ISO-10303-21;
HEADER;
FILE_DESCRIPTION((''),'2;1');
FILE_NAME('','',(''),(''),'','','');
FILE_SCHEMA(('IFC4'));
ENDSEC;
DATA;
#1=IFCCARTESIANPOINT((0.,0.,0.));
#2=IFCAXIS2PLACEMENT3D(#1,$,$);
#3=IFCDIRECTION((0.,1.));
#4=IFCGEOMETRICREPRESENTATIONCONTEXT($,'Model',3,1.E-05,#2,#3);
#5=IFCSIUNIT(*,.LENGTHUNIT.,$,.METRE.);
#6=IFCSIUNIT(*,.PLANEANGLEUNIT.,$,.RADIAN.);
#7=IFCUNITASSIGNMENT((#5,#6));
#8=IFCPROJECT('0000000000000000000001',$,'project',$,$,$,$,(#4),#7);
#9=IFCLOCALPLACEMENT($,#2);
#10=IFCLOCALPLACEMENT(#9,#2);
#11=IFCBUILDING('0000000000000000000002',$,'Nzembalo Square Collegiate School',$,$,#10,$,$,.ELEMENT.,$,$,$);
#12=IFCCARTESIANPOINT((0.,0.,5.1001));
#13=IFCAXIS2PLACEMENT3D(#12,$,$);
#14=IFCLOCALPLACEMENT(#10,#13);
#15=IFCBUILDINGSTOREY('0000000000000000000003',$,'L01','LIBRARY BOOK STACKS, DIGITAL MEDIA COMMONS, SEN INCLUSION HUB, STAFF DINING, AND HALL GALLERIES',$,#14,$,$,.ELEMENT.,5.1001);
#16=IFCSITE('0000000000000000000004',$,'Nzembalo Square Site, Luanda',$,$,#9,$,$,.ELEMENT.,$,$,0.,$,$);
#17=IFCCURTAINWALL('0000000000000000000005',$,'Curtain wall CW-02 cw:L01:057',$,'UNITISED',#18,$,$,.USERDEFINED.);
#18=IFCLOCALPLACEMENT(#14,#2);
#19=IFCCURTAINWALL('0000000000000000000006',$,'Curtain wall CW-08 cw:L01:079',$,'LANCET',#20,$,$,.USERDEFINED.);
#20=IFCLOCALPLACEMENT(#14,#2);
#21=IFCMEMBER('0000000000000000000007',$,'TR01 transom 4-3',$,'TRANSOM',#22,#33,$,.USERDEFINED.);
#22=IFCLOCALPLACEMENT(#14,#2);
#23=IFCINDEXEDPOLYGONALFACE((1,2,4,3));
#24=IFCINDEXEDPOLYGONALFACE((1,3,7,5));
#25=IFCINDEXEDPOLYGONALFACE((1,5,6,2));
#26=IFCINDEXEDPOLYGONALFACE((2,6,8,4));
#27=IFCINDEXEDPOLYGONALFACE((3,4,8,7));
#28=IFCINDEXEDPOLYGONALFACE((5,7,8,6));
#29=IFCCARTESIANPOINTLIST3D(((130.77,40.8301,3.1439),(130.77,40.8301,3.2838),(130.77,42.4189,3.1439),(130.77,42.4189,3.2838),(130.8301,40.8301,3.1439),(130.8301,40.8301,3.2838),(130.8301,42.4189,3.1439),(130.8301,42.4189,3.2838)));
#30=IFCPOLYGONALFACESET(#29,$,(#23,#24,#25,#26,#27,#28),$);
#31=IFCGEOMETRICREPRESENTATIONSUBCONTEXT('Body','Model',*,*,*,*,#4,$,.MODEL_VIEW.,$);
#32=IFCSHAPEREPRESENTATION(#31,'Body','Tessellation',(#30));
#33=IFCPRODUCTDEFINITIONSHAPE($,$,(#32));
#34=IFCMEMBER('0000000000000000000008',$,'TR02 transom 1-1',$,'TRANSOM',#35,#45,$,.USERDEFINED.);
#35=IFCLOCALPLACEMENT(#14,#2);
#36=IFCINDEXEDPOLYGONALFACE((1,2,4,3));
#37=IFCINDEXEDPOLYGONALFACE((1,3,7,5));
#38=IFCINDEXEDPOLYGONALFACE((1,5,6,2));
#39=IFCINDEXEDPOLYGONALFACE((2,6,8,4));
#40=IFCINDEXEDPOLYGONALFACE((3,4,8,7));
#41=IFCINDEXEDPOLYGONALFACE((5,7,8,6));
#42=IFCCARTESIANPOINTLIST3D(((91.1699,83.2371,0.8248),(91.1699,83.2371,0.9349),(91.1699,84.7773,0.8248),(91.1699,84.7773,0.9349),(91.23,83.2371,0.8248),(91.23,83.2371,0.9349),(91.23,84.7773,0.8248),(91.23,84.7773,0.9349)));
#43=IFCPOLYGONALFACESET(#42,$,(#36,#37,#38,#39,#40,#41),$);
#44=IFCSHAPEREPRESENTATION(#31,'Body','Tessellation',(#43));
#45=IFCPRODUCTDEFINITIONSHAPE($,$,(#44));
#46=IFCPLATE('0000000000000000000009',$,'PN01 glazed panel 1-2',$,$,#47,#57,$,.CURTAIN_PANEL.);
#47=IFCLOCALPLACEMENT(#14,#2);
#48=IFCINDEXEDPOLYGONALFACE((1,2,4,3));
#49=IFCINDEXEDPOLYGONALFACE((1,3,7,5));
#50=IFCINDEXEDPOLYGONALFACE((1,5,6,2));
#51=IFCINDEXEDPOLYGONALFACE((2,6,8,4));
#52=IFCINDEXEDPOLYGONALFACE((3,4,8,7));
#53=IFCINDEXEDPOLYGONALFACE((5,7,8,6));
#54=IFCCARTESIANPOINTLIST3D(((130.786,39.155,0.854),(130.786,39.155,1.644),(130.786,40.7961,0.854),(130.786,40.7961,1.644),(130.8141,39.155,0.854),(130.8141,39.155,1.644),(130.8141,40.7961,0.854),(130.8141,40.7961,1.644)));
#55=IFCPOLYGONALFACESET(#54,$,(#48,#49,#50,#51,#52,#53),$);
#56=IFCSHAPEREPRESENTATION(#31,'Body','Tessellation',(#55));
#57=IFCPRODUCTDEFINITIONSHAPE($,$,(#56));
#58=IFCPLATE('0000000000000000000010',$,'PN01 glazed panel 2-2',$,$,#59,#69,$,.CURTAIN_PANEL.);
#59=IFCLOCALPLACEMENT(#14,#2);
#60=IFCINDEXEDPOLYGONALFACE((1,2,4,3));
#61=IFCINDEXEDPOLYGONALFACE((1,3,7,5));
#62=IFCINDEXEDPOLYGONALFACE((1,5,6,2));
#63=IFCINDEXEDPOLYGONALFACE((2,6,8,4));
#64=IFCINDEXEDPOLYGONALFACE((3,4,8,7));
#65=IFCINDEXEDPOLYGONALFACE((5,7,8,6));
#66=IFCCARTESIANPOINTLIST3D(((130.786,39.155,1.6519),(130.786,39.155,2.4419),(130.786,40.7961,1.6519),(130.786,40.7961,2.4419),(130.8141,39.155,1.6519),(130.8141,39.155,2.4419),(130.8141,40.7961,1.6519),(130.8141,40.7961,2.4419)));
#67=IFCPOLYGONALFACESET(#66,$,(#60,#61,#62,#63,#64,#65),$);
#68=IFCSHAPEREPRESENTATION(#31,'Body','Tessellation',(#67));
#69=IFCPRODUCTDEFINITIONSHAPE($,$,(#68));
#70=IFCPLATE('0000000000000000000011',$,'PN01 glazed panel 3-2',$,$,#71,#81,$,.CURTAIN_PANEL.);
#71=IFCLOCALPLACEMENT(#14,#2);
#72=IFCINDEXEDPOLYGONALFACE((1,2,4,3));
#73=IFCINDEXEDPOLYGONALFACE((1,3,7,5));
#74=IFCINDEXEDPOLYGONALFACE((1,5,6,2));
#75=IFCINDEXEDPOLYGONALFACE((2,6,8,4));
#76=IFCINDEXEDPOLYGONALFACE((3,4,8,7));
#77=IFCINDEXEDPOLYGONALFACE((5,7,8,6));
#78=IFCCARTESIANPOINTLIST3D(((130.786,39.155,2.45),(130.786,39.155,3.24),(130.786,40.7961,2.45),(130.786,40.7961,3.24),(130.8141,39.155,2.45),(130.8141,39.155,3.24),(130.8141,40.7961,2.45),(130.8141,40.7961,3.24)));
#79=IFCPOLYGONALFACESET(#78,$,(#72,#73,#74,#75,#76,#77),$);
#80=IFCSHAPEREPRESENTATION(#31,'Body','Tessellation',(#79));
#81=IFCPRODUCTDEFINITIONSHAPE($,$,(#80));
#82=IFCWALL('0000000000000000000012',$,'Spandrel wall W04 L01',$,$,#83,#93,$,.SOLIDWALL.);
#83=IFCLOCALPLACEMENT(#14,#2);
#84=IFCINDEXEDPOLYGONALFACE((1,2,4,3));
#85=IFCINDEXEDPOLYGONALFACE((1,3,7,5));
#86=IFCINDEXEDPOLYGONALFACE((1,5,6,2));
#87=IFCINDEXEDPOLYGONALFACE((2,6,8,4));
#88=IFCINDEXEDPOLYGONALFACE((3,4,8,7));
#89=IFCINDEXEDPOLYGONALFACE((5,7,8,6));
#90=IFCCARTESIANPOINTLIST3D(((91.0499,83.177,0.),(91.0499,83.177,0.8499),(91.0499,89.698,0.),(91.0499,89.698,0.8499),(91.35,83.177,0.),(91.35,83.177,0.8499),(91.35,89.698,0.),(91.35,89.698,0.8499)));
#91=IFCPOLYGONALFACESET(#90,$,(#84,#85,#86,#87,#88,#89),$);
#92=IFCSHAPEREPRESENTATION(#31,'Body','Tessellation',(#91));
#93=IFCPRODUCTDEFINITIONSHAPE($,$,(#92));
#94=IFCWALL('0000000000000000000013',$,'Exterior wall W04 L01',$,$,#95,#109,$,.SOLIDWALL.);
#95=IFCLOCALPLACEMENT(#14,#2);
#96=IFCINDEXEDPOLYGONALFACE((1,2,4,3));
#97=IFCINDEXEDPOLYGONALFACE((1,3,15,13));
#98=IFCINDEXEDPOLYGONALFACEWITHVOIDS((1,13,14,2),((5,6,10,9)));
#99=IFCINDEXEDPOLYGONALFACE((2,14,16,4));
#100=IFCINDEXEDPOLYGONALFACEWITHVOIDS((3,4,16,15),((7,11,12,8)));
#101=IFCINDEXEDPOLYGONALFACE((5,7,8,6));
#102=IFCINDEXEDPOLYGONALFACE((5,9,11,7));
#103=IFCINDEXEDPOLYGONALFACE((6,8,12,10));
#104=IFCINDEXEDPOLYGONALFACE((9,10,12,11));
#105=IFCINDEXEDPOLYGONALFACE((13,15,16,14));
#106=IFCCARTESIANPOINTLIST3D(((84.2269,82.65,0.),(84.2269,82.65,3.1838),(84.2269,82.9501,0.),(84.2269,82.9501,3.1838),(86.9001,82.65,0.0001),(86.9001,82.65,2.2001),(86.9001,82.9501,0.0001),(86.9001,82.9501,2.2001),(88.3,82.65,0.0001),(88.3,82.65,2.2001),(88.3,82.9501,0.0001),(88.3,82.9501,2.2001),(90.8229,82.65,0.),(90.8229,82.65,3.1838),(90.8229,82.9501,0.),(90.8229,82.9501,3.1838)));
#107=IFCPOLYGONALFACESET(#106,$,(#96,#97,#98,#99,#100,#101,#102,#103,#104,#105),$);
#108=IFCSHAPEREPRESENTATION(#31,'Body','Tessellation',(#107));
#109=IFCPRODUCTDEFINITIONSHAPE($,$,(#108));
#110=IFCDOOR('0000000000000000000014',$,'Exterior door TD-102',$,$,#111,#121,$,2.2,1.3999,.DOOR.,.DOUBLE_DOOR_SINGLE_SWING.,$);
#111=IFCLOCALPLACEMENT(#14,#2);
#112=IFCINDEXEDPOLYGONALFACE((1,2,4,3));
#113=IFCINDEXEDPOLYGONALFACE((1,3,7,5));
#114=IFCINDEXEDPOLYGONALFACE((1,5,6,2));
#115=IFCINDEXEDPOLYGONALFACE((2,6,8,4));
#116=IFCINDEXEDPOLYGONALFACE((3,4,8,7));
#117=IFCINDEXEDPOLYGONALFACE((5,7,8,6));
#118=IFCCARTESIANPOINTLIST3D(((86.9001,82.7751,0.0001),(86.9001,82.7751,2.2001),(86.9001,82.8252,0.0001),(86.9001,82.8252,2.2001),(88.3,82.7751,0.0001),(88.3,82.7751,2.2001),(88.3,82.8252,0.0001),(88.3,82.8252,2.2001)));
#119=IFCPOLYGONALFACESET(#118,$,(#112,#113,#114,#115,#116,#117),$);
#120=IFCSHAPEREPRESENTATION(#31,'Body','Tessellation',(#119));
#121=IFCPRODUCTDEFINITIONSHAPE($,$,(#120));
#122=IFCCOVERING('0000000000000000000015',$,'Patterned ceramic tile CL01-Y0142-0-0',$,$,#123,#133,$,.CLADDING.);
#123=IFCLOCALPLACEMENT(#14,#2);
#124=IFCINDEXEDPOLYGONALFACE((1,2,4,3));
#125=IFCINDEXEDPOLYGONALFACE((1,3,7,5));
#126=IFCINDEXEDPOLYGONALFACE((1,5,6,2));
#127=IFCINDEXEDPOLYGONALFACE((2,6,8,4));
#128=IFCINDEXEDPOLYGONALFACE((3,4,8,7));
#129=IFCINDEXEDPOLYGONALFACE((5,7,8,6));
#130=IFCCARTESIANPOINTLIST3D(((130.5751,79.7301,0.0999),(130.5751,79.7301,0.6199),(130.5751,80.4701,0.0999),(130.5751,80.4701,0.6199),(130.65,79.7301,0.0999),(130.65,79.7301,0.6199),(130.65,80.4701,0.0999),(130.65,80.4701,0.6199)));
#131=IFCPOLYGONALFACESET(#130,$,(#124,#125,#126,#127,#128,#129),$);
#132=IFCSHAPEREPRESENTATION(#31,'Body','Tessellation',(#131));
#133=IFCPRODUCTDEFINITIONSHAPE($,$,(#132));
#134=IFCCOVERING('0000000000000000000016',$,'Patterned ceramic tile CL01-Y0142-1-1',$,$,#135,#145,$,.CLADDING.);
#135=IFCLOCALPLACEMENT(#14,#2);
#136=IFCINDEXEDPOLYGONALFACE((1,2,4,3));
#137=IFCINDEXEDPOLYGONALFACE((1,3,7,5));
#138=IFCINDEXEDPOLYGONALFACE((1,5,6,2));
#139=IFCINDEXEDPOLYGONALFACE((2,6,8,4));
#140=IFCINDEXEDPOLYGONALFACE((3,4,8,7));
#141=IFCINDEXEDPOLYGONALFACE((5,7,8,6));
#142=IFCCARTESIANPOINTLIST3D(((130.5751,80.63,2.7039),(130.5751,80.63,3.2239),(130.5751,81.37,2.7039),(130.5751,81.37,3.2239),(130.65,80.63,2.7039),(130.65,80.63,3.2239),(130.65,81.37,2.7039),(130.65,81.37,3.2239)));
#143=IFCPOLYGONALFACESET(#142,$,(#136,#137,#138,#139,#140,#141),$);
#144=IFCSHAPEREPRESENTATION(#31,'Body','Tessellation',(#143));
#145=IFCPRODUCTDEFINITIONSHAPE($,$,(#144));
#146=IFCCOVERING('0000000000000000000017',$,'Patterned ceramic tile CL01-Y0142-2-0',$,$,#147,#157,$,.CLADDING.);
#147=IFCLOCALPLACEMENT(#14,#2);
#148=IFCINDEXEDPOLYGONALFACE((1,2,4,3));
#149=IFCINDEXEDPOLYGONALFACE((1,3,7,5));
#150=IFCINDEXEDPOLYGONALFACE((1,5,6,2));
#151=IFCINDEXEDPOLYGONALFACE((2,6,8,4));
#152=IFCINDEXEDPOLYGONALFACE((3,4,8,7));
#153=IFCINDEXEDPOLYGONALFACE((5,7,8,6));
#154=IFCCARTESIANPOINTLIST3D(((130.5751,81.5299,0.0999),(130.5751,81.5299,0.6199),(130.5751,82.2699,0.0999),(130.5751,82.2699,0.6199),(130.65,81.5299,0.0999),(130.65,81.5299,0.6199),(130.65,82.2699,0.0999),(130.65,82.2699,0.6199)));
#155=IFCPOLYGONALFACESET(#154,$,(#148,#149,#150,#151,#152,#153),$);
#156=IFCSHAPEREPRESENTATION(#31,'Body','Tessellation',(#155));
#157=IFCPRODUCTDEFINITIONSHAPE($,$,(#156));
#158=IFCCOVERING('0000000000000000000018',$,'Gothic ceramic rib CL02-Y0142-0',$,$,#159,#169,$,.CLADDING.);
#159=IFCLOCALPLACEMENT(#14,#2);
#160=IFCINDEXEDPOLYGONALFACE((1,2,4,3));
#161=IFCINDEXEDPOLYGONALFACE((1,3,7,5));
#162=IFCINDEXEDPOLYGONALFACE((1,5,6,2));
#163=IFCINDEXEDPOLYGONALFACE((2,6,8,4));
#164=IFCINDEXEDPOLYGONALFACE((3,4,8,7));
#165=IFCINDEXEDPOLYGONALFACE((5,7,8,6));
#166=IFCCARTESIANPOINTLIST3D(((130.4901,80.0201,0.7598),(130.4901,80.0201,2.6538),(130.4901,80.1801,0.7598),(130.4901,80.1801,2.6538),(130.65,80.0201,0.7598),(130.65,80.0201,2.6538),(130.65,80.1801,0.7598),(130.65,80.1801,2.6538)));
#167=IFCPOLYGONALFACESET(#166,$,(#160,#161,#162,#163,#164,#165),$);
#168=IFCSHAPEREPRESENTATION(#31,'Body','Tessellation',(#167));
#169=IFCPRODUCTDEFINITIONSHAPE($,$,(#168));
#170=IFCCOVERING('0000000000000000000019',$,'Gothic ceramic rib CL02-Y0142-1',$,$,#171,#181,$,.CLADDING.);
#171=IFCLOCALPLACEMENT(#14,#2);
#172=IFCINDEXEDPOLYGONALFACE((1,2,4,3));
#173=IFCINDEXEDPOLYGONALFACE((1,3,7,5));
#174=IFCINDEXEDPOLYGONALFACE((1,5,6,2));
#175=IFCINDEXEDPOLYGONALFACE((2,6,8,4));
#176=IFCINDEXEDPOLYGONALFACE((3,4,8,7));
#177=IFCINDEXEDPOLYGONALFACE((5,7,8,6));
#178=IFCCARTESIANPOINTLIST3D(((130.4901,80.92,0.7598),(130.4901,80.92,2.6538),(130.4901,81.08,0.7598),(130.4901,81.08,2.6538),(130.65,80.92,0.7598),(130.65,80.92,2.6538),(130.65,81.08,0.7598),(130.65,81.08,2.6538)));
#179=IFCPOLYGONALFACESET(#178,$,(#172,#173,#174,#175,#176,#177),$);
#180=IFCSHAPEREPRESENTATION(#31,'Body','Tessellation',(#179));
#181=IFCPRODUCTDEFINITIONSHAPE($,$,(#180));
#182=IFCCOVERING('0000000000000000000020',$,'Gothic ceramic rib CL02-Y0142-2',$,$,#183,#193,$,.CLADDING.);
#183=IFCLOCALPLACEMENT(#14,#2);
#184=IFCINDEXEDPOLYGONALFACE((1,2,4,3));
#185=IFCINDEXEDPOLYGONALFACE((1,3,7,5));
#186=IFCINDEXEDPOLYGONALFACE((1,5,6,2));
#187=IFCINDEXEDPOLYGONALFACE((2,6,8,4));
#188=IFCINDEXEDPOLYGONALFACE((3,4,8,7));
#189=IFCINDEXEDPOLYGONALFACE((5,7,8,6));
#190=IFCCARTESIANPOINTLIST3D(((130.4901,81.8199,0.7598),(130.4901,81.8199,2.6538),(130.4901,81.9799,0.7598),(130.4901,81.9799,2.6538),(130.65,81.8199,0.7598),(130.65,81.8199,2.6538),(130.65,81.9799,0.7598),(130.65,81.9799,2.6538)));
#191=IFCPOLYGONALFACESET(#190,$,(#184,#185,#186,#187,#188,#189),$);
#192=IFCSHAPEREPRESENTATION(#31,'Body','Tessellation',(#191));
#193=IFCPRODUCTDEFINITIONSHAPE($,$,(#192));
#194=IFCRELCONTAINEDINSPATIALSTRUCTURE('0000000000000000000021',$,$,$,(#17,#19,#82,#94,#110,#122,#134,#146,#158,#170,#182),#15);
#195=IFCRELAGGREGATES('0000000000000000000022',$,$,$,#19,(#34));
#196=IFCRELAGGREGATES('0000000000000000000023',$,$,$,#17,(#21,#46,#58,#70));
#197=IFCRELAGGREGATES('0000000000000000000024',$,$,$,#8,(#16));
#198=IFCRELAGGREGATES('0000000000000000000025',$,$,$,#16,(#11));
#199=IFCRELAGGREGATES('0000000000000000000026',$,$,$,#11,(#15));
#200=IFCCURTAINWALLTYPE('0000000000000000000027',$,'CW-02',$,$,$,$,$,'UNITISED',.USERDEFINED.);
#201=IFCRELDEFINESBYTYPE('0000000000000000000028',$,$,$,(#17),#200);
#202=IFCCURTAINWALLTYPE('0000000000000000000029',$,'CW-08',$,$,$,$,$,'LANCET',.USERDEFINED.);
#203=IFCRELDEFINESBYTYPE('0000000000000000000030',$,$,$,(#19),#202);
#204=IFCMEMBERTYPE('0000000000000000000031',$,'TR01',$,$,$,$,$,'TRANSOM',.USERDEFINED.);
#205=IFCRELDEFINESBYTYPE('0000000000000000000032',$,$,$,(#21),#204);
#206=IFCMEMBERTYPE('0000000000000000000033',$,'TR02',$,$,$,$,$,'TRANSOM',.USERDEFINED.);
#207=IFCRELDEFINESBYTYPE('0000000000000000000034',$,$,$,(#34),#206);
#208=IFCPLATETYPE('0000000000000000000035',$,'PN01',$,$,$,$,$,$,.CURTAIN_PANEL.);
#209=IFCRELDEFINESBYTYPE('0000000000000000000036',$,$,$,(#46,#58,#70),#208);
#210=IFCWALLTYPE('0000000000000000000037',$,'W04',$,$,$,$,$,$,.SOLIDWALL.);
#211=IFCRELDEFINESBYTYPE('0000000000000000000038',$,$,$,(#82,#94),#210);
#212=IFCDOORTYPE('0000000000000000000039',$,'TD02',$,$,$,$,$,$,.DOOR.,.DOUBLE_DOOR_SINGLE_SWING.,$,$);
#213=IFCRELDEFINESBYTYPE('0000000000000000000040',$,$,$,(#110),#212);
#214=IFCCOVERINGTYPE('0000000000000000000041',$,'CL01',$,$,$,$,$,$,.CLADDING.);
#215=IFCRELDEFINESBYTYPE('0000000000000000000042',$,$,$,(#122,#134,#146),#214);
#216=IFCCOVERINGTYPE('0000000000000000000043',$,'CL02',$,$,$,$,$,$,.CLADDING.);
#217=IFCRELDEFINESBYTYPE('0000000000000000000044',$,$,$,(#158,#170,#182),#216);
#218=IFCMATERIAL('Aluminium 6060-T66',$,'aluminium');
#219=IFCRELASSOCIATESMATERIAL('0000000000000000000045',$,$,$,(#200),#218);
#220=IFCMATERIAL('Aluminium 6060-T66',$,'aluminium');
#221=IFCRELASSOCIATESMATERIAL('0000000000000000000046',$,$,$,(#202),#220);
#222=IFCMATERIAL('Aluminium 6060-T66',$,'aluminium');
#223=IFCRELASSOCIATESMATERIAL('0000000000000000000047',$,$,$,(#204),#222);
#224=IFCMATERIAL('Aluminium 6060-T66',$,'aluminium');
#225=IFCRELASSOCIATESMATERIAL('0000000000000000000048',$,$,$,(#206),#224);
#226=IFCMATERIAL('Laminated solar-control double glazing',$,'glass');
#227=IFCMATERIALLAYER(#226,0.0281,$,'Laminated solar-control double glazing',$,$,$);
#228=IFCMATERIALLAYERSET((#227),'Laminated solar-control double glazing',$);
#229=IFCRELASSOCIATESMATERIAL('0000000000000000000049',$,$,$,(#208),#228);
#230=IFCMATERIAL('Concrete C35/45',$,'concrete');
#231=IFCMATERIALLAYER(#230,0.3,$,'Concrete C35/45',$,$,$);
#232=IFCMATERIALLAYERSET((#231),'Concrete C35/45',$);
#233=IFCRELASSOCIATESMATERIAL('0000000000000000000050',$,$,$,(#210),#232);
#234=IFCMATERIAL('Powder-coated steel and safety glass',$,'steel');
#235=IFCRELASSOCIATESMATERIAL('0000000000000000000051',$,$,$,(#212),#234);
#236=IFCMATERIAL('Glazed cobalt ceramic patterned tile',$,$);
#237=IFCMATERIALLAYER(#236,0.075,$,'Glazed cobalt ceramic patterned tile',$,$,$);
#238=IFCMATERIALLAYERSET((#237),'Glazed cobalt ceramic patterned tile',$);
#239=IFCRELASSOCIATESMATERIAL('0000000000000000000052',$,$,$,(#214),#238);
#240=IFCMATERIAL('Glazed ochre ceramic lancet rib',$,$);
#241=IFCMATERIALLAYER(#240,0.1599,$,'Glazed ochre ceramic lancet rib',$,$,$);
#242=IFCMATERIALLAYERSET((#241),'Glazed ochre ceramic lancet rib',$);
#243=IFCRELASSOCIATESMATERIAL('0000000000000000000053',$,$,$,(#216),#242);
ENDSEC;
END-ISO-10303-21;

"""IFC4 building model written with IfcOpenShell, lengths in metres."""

from ifc_helpers import new_model, si_unit, direction, frame, frame_2d, origin, origin_2d, place, context, subcontext, project, spatial, rectangle, extrude, material, layer, layer_set, material_profile, profile_set, type_object, element, fill, aggregate, save


model = new_model("IFC4")

# Units and contexts
model_context = context("Model", 3, precision=1e-05, world=origin(), true_north=direction((0.0, 1.0)))
body_context = subcontext(model_context, "Body", "Model", "MODEL_VIEW")
ifc_project = project(units=[si_unit("LENGTHUNIT", "METRE"), si_unit("PLANEANGLEUNIT", "RADIAN")], contexts=[model_context])

# Site, building, storey
site_placement = place(None, origin())
site = spatial("IfcSite", under=ifc_project, at=site_placement, Name="Nzembalo Square Site, Luanda", CompositionType="ELEMENT", RefElevation=0.0)
building_placement = place(site_placement, origin())
building = spatial("IfcBuilding", under=site, at=building_placement, Name="Nzembalo Square Collegiate School", CompositionType="ELEMENT")
storey_placement = place(building_placement, frame((0.0, 0.0, 5.1001)))
storey = spatial("IfcBuildingStorey", under=building, at=storey_placement, Name="L01", Description="LIBRARY BOOK STACKS, DIGITAL MEDIA COMMONS, SEN INCLUSION HUB, STAFF DINING, AND HALL GALLERIES", CompositionType="ELEMENT", Elevation=5.1001)

# Curtain walls
ifc_material_1 = material(Name="Aluminium 6060-T66", Category="aluminium")
curtain_wall_type_1 = type_object("IfcCurtainWallType", Name="CW-02", ElementType="UNITISED", PredefinedType="USERDEFINED", material=ifc_material_1)
curtain_wall_1_placement = place(storey_placement, origin())
curtain_wall_1 = element("IfcCurtainWall", 1, at=curtain_wall_1_placement, inside=storey, type_object=curtain_wall_type_1, Name="Curtain wall CW-02 cw:L01:057", ObjectType="UNITISED", PredefinedType="USERDEFINED")
ifc_material_2 = material(Name="Aluminium 6060-T66", Category="aluminium")
curtain_wall_type_2 = type_object("IfcCurtainWallType", Name="CW-08", ElementType="LANCET", PredefinedType="USERDEFINED", material=ifc_material_2)
curtain_wall_2_placement = place(storey_placement, origin())
curtain_wall_2 = element("IfcCurtainWall", 2, at=curtain_wall_2_placement, inside=storey, type_object=curtain_wall_type_2, Name="Curtain wall CW-08 cw:L01:079", ObjectType="LANCET", PredefinedType="USERDEFINED")

# Members
ifc_material_3 = material(Name="Aluminium 6060-T66", Category="aluminium")
ifc_material_profile_1 = material_profile(ifc_material_3, rectangle(XDim=0.0601, YDim=0.1399, at=origin_2d()), Name="ALU T60x140")
ifc_profile_set_1 = profile_set([ifc_material_profile_1], Name="Aluminium 6060-T66")
member_type_1 = type_object("IfcMemberType", Name="TR01", ElementType="TRANSOM", PredefinedType="USERDEFINED", material=ifc_profile_set_1)
member_1_placement = place(storey_placement, frame((130.8, 40.8301, 3.2139), z_axis=(0.0, 1.0, 0.0), x_axis=(-1.0, 0.0, 0.0)))
member_1 = element("IfcMember", 3, at=member_1_placement, type_object=member_type_1, Name="TR01 transom 4-3", ObjectType="TRANSOM", PredefinedType="USERDEFINED", context=body_context, shape_type="SweptSolid", body=[
    extrude(rectangle(XDim=0.0601, YDim=0.1399, at=origin_2d()), origin(), (0.0, 0.0, 1.0), 1.5889),
])
ifc_material_4 = material(Name="Aluminium 6060-T66", Category="aluminium")
ifc_material_profile_2 = material_profile(ifc_material_4, rectangle(XDim=0.0601, YDim=0.1101, at=origin_2d()), Name="ALU T60x110")
ifc_profile_set_2 = profile_set([ifc_material_profile_2], Name="Aluminium 6060-T66")
member_type_2 = type_object("IfcMemberType", Name="TR02", ElementType="TRANSOM", PredefinedType="USERDEFINED", material=ifc_profile_set_2)
member_2_placement = place(storey_placement, frame((91.2, 83.2371, 0.8799), z_axis=(0.0, 1.0, 0.0), x_axis=(-1.0, 0.0, 0.0)))
member_2 = element("IfcMember", 4, at=member_2_placement, type_object=member_type_2, Name="TR02 transom 1-1", ObjectType="TRANSOM", PredefinedType="USERDEFINED", context=body_context, shape_type="SweptSolid", body=[
    extrude(rectangle(XDim=0.0601, YDim=0.1101, at=origin_2d()), origin(), (0.0, 0.0, 1.0), 1.5403),
])
aggregate(curtain_wall_2, [member_2])

# Plates
ifc_material_5 = material(Name="Laminated solar-control double glazing", Category="glass")
ifc_layer_1 = layer(ifc_material_5, 0.0281, Name="Laminated solar-control double glazing")
ifc_layer_set_1 = layer_set([ifc_layer_1], Name="Laminated solar-control double glazing")
plate_type = type_object("IfcPlateType", Name="PN01", PredefinedType="CURTAIN_PANEL", material=ifc_layer_set_1)
plate_1_placement = place(storey_placement, frame((130.8, 39.9756, 0.854), z_axis=(0.0, 0.0, 1.0), x_axis=(0.0, 1.0, 0.0)))
plate_1 = element("IfcPlate", 5, at=plate_1_placement, type_object=plate_type, Name="PN01 glazed panel 1-2", PredefinedType="CURTAIN_PANEL", context=body_context, shape_type="SweptSolid", body=[
    extrude(rectangle(XDim=1.6411, YDim=0.0281, at=origin_2d()), origin(), (0.0, 0.0, 1.0), 0.79),
])
plate_2_placement = place(storey_placement, frame((130.8, 39.9756, 1.6519), z_axis=(0.0, 0.0, 1.0), x_axis=(0.0, 1.0, 0.0)))
plate_2 = element("IfcPlate", 6, at=plate_2_placement, type_object=plate_type, Name="PN01 glazed panel 2-2", PredefinedType="CURTAIN_PANEL", context=body_context, shape_type="SweptSolid", body=[
    extrude(rectangle(XDim=1.6411, YDim=0.0281, at=origin_2d()), origin(), (0.0, 0.0, 1.0), 0.79),
])
plate_3_placement = place(storey_placement, frame((130.8, 39.9756, 2.45), z_axis=(0.0, 0.0, 1.0), x_axis=(0.0, 1.0, 0.0)))
plate_3 = element("IfcPlate", 7, at=plate_3_placement, type_object=plate_type, Name="PN01 glazed panel 3-2", PredefinedType="CURTAIN_PANEL", context=body_context, shape_type="SweptSolid", body=[
    extrude(rectangle(XDim=1.6411, YDim=0.0281, at=origin_2d()), origin(), (0.0, 0.0, 1.0), 0.79),
])
aggregate(curtain_wall_1, [member_1, plate_1, plate_2, plate_3])

# Wall
ifc_material_6 = material(Name="Concrete C35/45", Category="concrete")
ifc_layer_2 = layer(ifc_material_6, 0.3, Name="Concrete C35/45")
ifc_layer_set_2 = layer_set([ifc_layer_2], Name="Concrete C35/45")
wall_type = type_object("IfcWallType", Name="W04", PredefinedType="SOLIDWALL", material=ifc_layer_set_2)
wall_1_placement = place(storey_placement, frame((91.2, 83.177, 0.0), z_axis=(0.0, 0.0, 1.0), x_axis=(0.0, 1.0, 0.0)))
element("IfcWall", 8, at=wall_1_placement, inside=storey, type_object=wall_type, Name="Spandrel wall W04 L01", PredefinedType="SOLIDWALL", context=body_context, shape_type="SweptSolid", body=[
    extrude(rectangle(XDim=6.521, YDim=0.3, at=frame_2d((3.2605, 0.0))), origin(), (0.0, 0.0, 1.0), 0.8499),
])

# Wall, opening, door
wall_2_placement = place(storey_placement, frame((84.2271, 82.8, 0.0), z_axis=(0.0, 0.0, 1.0), x_axis=(1.0, 0.0, 0.0)))
wall_2 = element("IfcWall", 9, at=wall_2_placement, inside=storey, type_object=wall_type, Name="Exterior wall W04 L01", PredefinedType="SOLIDWALL", context=body_context, shape_type="SweptSolid", body=[
    extrude(rectangle(XDim=6.5959, YDim=0.3, at=frame_2d((3.2979, 0.0))), origin(), (0.0, 0.0, 1.0), 3.1838),
])
opening_placement = place(wall_2_placement, frame((2.6731, 0.0, 0.0)))
opening = element("IfcOpeningElement", 10, at=opening_placement, cuts=wall_2, PredefinedType="OPENING", context=body_context, shape_type="SweptSolid", body=[
    extrude(rectangle(XDim=1.3999, YDim=2.2, at=frame_2d((0.7, 1.1001))), frame((0.0, 0.1602, 0.0), z_axis=(0.0, -1.0, 0.0), x_axis=(1.0, 0.0, 0.0)), (0.0, 0.0, 1.0), 0.3201),
])
ifc_material_7 = material(Name="Powder-coated steel and safety glass", Category="steel")
door_type = type_object("IfcDoorType", Name="TD02", OperationType="DOUBLE_DOOR_SINGLE_SWING", PredefinedType="DOOR", material=ifc_material_7)
door_placement = place(opening_placement, frame((1.3999, 0.0, 0.0), z_axis=(0.0, 0.0, 1.0), x_axis=(-1.0, 0.0, 0.0)))
door = element("IfcDoor", 11, at=door_placement, inside=storey, type_object=door_type, Name="Exterior door TD-102", OperationType="DOUBLE_DOOR_SINGLE_SWING", OverallHeight=2.2, OverallWidth=1.3999, PredefinedType="DOOR", context=body_context, shape_type="SweptSolid", body=[
    extrude(rectangle(XDim=1.3999, YDim=2.2, at=frame_2d((0.7, 1.1001))), frame((0.0, 0.0249, 0.0), z_axis=(0.0, -1.0, 0.0), x_axis=(1.0, 0.0, 0.0)), (0.0, 0.0, 1.0), 0.05),
])
fill(opening, door)

# Coverings
ifc_material_8 = material(Name="Glazed cobalt ceramic patterned tile")
ifc_layer_3 = layer(ifc_material_8, 0.075, Name="Glazed cobalt ceramic patterned tile")
ifc_layer_set_3 = layer_set([ifc_layer_3], Name="Glazed cobalt ceramic patterned tile")
covering_type_1 = type_object("IfcCoveringType", Name="CL01", PredefinedType="CLADDING", material=ifc_layer_set_3)
for number, where, z_axis, x_axis, name in (
    (12, (130.6125, 80.1001, 0.0999), (0.0, 0.0, 1.0), (1.0, 0.0, 0.0), "Patterned ceramic tile CL01-Y0142-0-0"),
    (13, (130.6125, 81.0, 2.7039), (0.0, 0.0, 1.0), (1.0, 0.0, 0.0), "Patterned ceramic tile CL01-Y0142-1-1"),
    (14, (130.6125, 81.8999, 0.0999), (0.0, 0.0, 1.0), (1.0, 0.0, 0.0), "Patterned ceramic tile CL01-Y0142-2-0"),
):
    element("IfcCovering", number, at=place(storey_placement, frame(where, z_axis=z_axis, x_axis=x_axis)), inside=storey, type_object=covering_type_1, Name=name, PredefinedType="CLADDING", context=body_context, shape_type="SweptSolid", body=[
        extrude(rectangle(XDim=0.075, YDim=0.74, at=origin_2d()), origin(), (0.0, 0.0, 1.0), 0.52),
    ])
ifc_material_9 = material(Name="Glazed ochre ceramic lancet rib")
ifc_layer_4 = layer(ifc_material_9, 0.1599, Name="Glazed ochre ceramic lancet rib")
ifc_layer_set_4 = layer_set([ifc_layer_4], Name="Glazed ochre ceramic lancet rib")
covering_type_2 = type_object("IfcCoveringType", Name="CL02", PredefinedType="CLADDING", material=ifc_layer_set_4)
for number, where, z_axis, x_axis, name in (
    (15, (130.5701, 80.1001, 0.7598), (0.0, 0.0, 1.0), (1.0, 0.0, 0.0), "Gothic ceramic rib CL02-Y0142-0"),
    (16, (130.5701, 81.0, 0.7598), (0.0, 0.0, 1.0), (1.0, 0.0, 0.0), "Gothic ceramic rib CL02-Y0142-1"),
    (17, (130.5701, 81.8999, 0.7598), (0.0, 0.0, 1.0), (1.0, 0.0, 0.0), "Gothic ceramic rib CL02-Y0142-2"),
):
    element("IfcCovering", number, at=place(storey_placement, frame(where, z_axis=z_axis, x_axis=x_axis)), inside=storey, type_object=covering_type_2, Name=name, PredefinedType="CLADDING", context=body_context, shape_type="SweptSolid", body=[
        extrude(rectangle(XDim=0.1599, YDim=0.1599, at=origin_2d()), origin(), (0.0, 0.0, 1.0), 1.894),
    ])

save(model, "model.ifc")
